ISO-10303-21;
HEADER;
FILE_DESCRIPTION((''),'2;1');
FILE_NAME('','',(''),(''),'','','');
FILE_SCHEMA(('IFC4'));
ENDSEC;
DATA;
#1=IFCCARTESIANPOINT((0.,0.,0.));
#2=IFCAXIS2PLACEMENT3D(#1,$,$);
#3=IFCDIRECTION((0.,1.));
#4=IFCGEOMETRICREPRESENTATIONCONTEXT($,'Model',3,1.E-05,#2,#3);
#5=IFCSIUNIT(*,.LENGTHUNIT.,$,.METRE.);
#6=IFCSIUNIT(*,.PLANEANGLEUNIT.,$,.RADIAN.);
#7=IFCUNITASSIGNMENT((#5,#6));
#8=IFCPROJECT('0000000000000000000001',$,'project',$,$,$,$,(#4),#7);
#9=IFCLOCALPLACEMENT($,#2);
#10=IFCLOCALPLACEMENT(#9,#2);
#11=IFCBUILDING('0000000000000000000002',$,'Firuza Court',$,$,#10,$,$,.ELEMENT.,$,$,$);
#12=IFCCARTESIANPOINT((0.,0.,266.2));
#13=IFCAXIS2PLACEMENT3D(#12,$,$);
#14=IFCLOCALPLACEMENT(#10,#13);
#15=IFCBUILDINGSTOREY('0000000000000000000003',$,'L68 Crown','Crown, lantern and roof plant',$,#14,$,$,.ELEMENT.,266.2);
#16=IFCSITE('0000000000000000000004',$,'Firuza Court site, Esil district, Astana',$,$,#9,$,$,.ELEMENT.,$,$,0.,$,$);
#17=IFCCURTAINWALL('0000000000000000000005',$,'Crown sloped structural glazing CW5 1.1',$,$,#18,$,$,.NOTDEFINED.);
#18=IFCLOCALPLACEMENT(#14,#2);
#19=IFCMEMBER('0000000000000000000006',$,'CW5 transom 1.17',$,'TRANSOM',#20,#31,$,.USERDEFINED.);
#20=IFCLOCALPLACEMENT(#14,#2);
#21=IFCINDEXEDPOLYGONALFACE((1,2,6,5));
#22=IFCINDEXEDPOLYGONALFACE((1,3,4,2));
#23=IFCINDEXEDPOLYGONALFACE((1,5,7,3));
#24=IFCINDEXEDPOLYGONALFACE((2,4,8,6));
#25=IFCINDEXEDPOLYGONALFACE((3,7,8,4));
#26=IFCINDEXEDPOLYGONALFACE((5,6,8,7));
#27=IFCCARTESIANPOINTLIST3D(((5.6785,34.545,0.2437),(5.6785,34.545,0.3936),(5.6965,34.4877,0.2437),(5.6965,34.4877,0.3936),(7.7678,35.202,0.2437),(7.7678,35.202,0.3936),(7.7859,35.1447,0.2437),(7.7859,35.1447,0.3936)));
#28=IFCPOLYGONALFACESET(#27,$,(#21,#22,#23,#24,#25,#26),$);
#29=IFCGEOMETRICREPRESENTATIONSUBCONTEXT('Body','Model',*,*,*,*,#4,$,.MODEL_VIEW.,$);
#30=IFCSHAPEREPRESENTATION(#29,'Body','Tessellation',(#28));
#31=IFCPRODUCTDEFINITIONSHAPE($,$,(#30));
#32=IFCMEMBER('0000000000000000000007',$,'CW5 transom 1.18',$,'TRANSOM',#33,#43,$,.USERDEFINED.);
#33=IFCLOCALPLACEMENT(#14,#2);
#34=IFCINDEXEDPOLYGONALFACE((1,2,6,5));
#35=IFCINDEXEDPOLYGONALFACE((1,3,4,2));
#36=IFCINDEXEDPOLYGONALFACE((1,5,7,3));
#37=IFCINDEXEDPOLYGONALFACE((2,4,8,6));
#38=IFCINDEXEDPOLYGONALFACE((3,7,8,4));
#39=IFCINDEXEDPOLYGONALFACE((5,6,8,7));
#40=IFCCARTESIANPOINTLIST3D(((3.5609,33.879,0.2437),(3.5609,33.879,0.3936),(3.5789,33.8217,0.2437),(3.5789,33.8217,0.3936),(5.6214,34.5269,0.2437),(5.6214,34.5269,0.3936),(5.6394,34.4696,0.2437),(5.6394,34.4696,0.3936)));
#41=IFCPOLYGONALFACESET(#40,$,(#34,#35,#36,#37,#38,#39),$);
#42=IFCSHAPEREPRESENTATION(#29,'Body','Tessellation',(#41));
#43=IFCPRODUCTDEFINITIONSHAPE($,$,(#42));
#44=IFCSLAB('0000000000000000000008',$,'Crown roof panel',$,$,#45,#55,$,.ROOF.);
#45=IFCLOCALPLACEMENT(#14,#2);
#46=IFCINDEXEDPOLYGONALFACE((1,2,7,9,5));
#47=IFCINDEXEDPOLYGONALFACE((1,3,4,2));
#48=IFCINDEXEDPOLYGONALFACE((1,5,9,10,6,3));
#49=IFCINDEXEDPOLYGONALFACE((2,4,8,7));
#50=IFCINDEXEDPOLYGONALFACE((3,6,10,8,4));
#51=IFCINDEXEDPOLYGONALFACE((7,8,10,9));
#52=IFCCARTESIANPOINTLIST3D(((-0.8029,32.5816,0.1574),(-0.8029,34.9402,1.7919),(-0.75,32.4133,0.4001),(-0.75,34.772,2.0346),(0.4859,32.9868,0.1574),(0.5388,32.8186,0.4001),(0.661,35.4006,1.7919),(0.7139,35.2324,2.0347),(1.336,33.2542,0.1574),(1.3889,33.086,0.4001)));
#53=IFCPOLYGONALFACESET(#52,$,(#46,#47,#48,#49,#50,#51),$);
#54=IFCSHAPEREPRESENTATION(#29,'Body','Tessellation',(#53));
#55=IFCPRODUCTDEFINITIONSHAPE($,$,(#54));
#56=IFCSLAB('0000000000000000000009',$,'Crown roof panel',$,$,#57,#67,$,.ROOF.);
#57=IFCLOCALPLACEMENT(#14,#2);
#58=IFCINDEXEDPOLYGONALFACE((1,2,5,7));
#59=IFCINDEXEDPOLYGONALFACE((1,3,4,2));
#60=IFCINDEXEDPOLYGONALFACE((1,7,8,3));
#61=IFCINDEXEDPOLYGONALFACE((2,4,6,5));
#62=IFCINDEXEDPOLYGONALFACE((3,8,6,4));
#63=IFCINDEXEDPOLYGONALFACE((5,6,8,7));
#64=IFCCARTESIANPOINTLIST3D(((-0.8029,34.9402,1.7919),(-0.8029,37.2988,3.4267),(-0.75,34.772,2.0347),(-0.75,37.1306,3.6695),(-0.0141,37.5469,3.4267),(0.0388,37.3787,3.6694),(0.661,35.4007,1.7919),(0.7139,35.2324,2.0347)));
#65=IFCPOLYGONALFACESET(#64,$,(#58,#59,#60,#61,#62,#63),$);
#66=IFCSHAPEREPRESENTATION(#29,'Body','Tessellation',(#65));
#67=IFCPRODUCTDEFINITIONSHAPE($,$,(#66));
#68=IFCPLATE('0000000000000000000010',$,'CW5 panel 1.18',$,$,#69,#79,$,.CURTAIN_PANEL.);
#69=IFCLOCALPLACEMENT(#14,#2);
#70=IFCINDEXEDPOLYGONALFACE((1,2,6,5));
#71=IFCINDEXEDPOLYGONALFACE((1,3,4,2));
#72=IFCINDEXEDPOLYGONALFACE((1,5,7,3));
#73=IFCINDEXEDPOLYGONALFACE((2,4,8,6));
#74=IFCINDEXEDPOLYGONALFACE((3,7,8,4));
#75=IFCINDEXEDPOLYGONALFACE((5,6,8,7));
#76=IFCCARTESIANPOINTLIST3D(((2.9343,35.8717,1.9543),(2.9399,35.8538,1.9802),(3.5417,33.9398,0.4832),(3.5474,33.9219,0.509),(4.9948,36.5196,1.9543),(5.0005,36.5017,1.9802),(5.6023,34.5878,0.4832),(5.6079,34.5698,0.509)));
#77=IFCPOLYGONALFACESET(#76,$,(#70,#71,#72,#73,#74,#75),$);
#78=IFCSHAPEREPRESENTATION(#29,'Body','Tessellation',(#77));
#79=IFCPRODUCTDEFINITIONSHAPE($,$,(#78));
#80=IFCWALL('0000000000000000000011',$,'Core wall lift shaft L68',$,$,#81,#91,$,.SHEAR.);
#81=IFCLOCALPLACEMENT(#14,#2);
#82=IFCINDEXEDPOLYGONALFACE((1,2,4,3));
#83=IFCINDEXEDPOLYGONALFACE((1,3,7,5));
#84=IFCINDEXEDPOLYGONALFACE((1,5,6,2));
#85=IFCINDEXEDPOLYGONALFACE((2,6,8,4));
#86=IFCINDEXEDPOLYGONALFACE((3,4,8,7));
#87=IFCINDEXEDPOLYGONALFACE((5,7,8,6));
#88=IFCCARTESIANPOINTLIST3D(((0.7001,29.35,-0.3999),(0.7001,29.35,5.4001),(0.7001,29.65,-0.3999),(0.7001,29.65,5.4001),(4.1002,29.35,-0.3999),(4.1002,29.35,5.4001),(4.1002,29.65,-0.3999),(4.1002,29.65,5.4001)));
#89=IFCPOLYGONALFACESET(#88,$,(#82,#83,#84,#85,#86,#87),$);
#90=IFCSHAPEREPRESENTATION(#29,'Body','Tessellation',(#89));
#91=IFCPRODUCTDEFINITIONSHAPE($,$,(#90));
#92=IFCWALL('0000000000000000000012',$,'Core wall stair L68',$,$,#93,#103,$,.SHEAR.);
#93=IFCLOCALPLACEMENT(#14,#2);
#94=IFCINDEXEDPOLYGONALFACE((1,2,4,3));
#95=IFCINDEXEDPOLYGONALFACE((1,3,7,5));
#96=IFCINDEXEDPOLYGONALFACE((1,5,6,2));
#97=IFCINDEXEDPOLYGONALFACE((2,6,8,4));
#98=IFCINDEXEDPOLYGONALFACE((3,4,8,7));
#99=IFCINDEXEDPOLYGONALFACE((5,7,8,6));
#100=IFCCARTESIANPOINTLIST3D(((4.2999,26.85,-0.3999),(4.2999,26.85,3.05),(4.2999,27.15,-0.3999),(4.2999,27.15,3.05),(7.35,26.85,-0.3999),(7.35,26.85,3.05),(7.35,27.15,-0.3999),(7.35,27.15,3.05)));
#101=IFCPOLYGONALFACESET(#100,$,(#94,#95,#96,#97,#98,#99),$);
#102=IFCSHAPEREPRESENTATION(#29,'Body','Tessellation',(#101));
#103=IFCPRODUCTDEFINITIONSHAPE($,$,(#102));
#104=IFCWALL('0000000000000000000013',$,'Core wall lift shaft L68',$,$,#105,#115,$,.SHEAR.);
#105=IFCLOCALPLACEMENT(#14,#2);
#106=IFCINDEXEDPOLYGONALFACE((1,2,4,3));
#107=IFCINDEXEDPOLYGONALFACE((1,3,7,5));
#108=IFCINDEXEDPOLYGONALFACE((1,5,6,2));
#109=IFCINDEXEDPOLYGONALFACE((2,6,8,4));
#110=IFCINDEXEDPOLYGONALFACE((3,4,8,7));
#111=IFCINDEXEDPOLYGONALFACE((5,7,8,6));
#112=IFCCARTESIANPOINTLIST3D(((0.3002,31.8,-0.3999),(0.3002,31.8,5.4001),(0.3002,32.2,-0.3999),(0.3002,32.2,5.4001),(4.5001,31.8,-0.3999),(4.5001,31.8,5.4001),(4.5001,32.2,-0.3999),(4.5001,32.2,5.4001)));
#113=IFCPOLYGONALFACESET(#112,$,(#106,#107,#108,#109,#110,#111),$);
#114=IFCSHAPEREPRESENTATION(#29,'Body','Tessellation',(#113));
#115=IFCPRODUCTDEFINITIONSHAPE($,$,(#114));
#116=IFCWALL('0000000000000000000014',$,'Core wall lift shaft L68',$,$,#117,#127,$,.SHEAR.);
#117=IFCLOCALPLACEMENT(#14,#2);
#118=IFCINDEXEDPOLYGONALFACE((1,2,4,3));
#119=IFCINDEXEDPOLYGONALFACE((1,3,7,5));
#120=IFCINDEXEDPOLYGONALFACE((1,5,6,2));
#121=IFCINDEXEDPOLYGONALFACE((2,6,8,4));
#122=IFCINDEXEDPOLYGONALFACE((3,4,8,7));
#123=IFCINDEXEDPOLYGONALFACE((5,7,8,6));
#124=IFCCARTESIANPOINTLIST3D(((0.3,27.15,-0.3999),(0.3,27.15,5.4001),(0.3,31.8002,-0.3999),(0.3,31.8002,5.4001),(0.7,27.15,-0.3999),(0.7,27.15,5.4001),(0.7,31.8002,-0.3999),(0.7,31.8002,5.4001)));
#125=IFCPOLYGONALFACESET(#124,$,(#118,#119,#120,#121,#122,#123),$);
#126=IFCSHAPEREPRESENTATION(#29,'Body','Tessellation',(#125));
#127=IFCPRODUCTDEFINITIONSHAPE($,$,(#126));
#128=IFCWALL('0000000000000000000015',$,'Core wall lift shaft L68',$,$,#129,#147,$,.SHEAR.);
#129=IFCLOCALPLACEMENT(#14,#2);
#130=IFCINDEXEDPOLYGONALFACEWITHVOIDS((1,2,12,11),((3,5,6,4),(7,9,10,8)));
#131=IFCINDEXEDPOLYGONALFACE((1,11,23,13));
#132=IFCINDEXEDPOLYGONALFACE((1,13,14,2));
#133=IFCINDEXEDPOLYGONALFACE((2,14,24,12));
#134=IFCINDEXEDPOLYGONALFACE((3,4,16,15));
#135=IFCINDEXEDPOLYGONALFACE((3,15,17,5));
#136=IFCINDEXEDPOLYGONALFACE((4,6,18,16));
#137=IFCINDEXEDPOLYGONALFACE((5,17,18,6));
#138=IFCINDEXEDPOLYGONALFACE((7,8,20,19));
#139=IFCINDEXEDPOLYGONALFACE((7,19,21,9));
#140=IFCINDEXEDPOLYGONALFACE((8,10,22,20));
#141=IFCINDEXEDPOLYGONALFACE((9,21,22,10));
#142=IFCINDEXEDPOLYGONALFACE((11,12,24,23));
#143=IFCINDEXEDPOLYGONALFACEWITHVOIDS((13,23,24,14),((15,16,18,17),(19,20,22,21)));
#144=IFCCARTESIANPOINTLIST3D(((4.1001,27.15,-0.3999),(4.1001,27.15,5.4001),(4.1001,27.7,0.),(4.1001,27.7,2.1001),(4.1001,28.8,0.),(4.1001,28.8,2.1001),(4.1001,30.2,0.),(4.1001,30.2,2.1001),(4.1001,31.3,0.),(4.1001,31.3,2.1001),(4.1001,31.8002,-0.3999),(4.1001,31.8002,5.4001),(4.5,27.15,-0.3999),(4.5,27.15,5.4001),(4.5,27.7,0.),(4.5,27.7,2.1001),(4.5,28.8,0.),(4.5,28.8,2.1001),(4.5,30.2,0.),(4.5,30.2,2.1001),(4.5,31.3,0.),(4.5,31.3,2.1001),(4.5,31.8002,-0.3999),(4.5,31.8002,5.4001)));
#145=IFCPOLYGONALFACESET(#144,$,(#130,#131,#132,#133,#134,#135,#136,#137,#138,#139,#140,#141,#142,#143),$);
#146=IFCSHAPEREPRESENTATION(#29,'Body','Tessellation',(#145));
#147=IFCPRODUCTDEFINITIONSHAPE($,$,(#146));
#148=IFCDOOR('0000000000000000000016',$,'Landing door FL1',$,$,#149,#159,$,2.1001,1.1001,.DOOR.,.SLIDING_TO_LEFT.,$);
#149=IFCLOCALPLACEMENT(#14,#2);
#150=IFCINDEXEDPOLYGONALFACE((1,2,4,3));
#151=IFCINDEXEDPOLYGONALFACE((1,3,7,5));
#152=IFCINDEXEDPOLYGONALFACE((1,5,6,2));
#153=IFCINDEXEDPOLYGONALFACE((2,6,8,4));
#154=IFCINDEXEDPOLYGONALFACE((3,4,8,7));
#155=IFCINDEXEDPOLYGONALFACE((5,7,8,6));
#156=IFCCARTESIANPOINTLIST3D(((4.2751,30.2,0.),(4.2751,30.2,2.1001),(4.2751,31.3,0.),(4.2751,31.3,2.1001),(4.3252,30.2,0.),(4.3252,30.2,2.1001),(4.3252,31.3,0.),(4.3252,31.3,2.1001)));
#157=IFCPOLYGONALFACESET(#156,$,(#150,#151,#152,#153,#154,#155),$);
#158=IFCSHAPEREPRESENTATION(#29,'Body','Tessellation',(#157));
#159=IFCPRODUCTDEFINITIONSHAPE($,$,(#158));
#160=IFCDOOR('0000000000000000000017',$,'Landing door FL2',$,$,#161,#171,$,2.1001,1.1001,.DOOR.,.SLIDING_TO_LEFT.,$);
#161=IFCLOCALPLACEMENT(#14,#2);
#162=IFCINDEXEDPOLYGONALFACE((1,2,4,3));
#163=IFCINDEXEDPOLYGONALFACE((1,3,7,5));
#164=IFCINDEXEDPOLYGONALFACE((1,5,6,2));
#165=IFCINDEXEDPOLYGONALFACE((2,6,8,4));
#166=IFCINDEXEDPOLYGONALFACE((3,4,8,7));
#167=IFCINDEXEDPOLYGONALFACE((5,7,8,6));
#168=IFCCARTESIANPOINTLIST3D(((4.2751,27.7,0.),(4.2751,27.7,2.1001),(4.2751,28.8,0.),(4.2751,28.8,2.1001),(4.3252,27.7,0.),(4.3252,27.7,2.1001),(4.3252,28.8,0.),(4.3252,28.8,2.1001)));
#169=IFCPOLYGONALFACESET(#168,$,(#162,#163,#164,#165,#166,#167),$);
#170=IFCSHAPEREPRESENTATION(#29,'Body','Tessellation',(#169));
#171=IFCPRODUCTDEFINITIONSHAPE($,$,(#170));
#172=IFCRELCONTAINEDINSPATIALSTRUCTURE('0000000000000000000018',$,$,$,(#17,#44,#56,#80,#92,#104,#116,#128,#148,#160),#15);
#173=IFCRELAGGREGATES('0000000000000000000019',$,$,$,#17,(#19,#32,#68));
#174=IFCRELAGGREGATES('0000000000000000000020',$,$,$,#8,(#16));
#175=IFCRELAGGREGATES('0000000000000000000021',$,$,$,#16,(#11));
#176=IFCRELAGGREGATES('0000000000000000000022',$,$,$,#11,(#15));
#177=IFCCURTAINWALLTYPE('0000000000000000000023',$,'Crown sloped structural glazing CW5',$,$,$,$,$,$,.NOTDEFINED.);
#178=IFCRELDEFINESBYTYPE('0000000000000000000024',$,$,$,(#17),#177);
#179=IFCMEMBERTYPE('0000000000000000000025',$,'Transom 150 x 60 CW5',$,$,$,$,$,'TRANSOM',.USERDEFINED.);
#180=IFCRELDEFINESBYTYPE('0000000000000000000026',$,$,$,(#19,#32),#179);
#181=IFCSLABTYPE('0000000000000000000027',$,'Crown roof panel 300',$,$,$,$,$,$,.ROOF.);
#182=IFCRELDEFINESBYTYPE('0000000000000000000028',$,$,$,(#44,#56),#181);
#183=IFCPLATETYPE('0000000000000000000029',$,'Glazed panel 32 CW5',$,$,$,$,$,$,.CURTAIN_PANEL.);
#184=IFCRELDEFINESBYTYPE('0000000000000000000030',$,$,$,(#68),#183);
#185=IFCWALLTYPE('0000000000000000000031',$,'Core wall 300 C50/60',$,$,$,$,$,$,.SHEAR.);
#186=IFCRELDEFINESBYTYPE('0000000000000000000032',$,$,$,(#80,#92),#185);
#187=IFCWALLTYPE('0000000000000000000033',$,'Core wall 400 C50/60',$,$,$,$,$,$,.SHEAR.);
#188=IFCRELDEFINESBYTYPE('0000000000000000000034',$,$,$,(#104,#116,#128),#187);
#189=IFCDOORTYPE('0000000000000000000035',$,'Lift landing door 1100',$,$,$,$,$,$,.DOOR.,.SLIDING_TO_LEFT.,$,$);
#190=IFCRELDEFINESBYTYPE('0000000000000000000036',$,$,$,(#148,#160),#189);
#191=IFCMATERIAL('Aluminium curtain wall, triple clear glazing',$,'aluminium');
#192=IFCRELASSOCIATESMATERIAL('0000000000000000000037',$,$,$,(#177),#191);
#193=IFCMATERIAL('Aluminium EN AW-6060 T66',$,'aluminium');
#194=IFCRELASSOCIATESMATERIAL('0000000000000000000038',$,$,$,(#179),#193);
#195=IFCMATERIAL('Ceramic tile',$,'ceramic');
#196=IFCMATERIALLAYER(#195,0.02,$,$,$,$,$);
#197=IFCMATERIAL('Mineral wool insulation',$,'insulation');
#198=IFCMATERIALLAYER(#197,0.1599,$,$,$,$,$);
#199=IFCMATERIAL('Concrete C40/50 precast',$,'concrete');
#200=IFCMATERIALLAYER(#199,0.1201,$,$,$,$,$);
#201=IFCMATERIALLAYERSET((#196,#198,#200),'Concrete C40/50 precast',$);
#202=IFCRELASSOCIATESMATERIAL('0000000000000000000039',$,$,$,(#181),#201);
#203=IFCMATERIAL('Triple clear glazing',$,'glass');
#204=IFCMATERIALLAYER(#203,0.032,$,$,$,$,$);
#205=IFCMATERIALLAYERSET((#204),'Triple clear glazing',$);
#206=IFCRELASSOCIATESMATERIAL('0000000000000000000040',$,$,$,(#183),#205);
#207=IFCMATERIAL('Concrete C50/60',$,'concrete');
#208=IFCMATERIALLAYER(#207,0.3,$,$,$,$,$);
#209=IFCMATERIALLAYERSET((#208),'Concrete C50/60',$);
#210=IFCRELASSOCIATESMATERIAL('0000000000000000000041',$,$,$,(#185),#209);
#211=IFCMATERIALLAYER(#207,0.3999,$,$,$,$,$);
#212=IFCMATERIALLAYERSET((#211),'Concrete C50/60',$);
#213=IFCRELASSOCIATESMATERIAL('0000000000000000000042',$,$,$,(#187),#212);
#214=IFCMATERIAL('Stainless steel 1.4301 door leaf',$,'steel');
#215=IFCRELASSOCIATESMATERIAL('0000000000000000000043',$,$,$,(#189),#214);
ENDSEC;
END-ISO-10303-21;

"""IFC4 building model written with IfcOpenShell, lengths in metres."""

from ifc_helpers import new_model, si_unit, direction, frame, frame_2d, origin, origin_2d, place, context, subcontext, project, spatial, polyline, rectangle, outline, extrude, material, layer, layer_set, material_profile, profile_set, type_object, element, fill, aggregate, save


model = new_model("IFC4")

# Units and contexts
model_context = context("Model", 3, precision=1e-05, world=origin(), true_north=direction((0.0, 1.0)))
body_context = subcontext(model_context, "Body", "Model", "MODEL_VIEW")
ifc_project = project(units=[si_unit("LENGTHUNIT", "METRE"), si_unit("PLANEANGLEUNIT", "RADIAN")], contexts=[model_context])

# Site, building, storey
site_placement = place(None, origin())
site = spatial("IfcSite", under=ifc_project, at=site_placement, Name="Firuza Court site, Esil district, Astana", CompositionType="ELEMENT", RefElevation=0.0)
building_placement = place(site_placement, origin())
building = spatial("IfcBuilding", under=site, at=building_placement, Name="Firuza Court", CompositionType="ELEMENT")
storey_placement = place(building_placement, frame((0.0, 0.0, 266.2)))
storey = spatial("IfcBuildingStorey", under=building, at=storey_placement, Name="L68 Crown", Description="Crown, lantern and roof plant", CompositionType="ELEMENT", Elevation=266.2)

# Curtain wall, members
ifc_material_1 = material(Name="Aluminium curtain wall, triple clear glazing", Category="aluminium")
curtain_wall_type = type_object("IfcCurtainWallType", Name="Crown sloped structural glazing CW5", PredefinedType="NOTDEFINED", material=ifc_material_1)
curtain_wall_placement = place(storey_placement, origin())
curtain_wall = element("IfcCurtainWall", 1, at=curtain_wall_placement, inside=storey, type_object=curtain_wall_type, Name="Crown sloped structural glazing CW5 1.1", PredefinedType="NOTDEFINED")
ifc_material_2 = material(Name="Aluminium EN AW-6060 T66", Category="aluminium")
ifc_material_profile_1 = material_profile(ifc_material_2, rectangle(XDim=0.0601, YDim=0.1499, at=origin_2d()), Name="Transom 150 x 60 CW5")
ifc_profile_set_1 = profile_set([ifc_material_profile_1], Name="Aluminium EN AW-6060 T66")
member_type_1 = type_object("IfcMemberType", Name="Transom 150 x 60 CW5", ElementType="TRANSOM", PredefinedType="USERDEFINED", material=ifc_profile_set_1)
member_1_placement = place(storey_placement, frame((7.7769, 35.1733, 0.3186), z_axis=(-0.953951, -0.299963, 0.0), x_axis=(0.299963, -0.953951, 0.0)))
member_1 = element("IfcMember", 2, at=member_1_placement, type_object=member_type_1, Name="CW5 transom 1.17", ObjectType="TRANSOM", PredefinedType="USERDEFINED", context=body_context, shape_type="SweptSolid", body=[
    extrude(rectangle(XDim=0.0601, YDim=0.1499, at=origin_2d()), origin(), (0.0, 0.0, 1.0), 2.1902),
])
member_2_placement = place(storey_placement, frame((5.6304, 34.4983, 0.3186), z_axis=(-0.953948, -0.299974, 0.0), x_axis=(0.299974, -0.953948, 0.0)))
member_2 = element("IfcMember", 3, at=member_2_placement, type_object=member_type_1, Name="CW5 transom 1.18", ObjectType="TRANSOM", PredefinedType="USERDEFINED", context=body_context, shape_type="SweptSolid", body=[
    extrude(rectangle(XDim=0.0601, YDim=0.1499, at=origin_2d()), origin(), (0.0, 0.0, 1.0), 2.1599),
])

# Slabs
ifc_material_3 = material(Name="Ceramic tile", Category="ceramic")
ifc_layer_1 = layer(ifc_material_3, 0.02)
ifc_material_4 = material(Name="Mineral wool insulation", Category="insulation")
ifc_layer_2 = layer(ifc_material_4, 0.1599)
ifc_material_5 = material(Name="Concrete C40/50 precast", Category="concrete")
ifc_layer_3 = layer(ifc_material_5, 0.1201)
ifc_layer_set_1 = layer_set([ifc_layer_1, ifc_layer_2, ifc_layer_3], Name="Concrete C40/50 precast")
slab_type = type_object("IfcSlabType", Name="Crown roof panel 300", PredefinedType="ROOF", material=ifc_layer_set_1)
slab_1_placement = place(storey_placement, frame((-0.75, 32.4133, 0.4001), z_axis=(0.176323, -0.560654, 0.80906), x_axis=(-0.000003, 0.821937, 0.569578)))
element("IfcSlab", 4, at=slab_1_placement, inside=storey, type_object=slab_type, Name="Crown roof panel", PredefinedType="ROOF", context=body_context, shape_type="SweptSolid", body=[
    extrude(outline(polyline([(0.0, 0.0), (2.8696, 0.0), (3.2481, -1.4872), (0.5528, -2.173), (0.3331, -1.3093), (0.0, 0.0)])), origin(), (0.0, 0.0, -1.0), 0.3),
])
slab_2_placement = place(storey_placement, frame((-0.75, 34.772, 2.0347), z_axis=(0.176355, -0.560727, 0.809002), x_axis=(0.000002, 0.821884, 0.569655)))
element("IfcSlab", 5, at=slab_2_placement, inside=storey, type_object=slab_type, Name="Crown roof panel", PredefinedType="ROOF", context=body_context, shape_type="SweptSolid", body=[
    extrude(outline(polyline([(0.0, 0.0), (2.8698, 0.0), (3.0736, -0.8014), (0.3784, -1.4872), (0.0, 0.0)])), origin(), (0.0, 0.0, -1.0), 0.3),
])

# Plate
ifc_material_6 = material(Name="Triple clear glazing", Category="glass")
ifc_layer_4 = layer(ifc_material_6, 0.032)
ifc_layer_set_2 = layer_set([ifc_layer_4], Name="Triple clear glazing")
plate_type = type_object("IfcPlateType", Name="Glazed panel 32 CW5", PredefinedType="CURTAIN_PANEL", material=ifc_layer_set_2)
plate_placement = place(storey_placement, frame((5.6079, 34.5698, 0.509), z_axis=(0.176308, -0.560679, 0.809045), x_axis=(-0.953948, -0.299974, 0.0)))
plate = element("IfcPlate", 6, at=plate_placement, type_object=plate_type, Name="CW5 panel 1.18", PredefinedType="CURTAIN_PANEL", context=body_context, shape_type="SweptSolid", body=[
    extrude(outline(polyline([(0.0, 0.0), (2.16, 0.0), (2.16, -2.5031), (-0.0001, -2.5031), (0.0, 0.0)])), origin(), (0.0, 0.0, -1.0), 0.032),
])
aggregate(curtain_wall, [member_1, member_2, plate])

# Walls
ifc_material_7 = material(Name="Concrete C50/60", Category="concrete")
ifc_layer_5 = layer(ifc_material_7, 0.3)
ifc_layer_set_3 = layer_set([ifc_layer_5], Name="Concrete C50/60")
wall_type_1 = type_object("IfcWallType", Name="Core wall 300 C50/60", PredefinedType="SHEAR", material=ifc_layer_set_3)
wall_1_placement = place(storey_placement, frame((0.7, 29.5, -0.3999), z_axis=(0.0, 0.0, 1.0), x_axis=(1.0, 0.0, 0.0)))
element("IfcWall", 7, at=wall_1_placement, inside=storey, type_object=wall_type_1, Name="Core wall lift shaft L68", PredefinedType="SHEAR", context=body_context, shape_type="SweptSolid", body=[
    extrude(rectangle(XDim=3.4001, YDim=0.3, at=frame_2d((1.7002, 0.0))), origin(), (0.0, 0.0, 1.0), 5.8),
])
wall_2_placement = place(storey_placement, frame((4.3, 27.0, -0.3999), z_axis=(0.0, 0.0, 1.0), x_axis=(1.0, 0.0, 0.0)))
element("IfcWall", 8, at=wall_2_placement, inside=storey, type_object=wall_type_1, Name="Core wall stair L68", PredefinedType="SHEAR", context=body_context, shape_type="SweptSolid", body=[
    extrude(rectangle(XDim=3.05, YDim=0.3, at=frame_2d((1.5249, 0.0))), origin(), (0.0, 0.0, 1.0), 3.45),
])
ifc_layer_6 = layer(ifc_material_7, 0.3999)
ifc_layer_set_4 = layer_set([ifc_layer_6], Name="Concrete C50/60")
wall_type_2 = type_object("IfcWallType", Name="Core wall 400 C50/60", PredefinedType="SHEAR", material=ifc_layer_set_4)
wall_3_placement = place(storey_placement, frame((0.3, 32.0, -0.3999), z_axis=(0.0, 0.0, 1.0), x_axis=(1.0, 0.0, 0.0)))
element("IfcWall", 9, at=wall_3_placement, inside=storey, type_object=wall_type_2, Name="Core wall lift shaft L68", PredefinedType="SHEAR", context=body_context, shape_type="SweptSolid", body=[
    extrude(rectangle(XDim=4.2, YDim=0.3999, at=frame_2d((2.1001, 0.0))), origin(), (0.0, 0.0, 1.0), 5.8),
])
wall_4_placement = place(storey_placement, frame((0.5, 27.1499, -0.3999), z_axis=(0.0, 0.0, 1.0), x_axis=(0.0, 1.0, 0.0)))
element("IfcWall", 10, at=wall_4_placement, inside=storey, type_object=wall_type_2, Name="Core wall lift shaft L68", PredefinedType="SHEAR", context=body_context, shape_type="SweptSolid", body=[
    extrude(rectangle(XDim=4.6501, YDim=0.3999, at=frame_2d((2.3252, 0.0))), origin(), (0.0, 0.0, 1.0), 5.8),
])

# Wall, openings, doors
wall_5_placement = place(storey_placement, frame((4.3, 27.1499, -0.3999), z_axis=(0.0, 0.0, 1.0), x_axis=(0.0, 1.0, 0.0)))
wall_5 = element("IfcWall", 11, at=wall_5_placement, inside=storey, type_object=wall_type_2, Name="Core wall lift shaft L68", PredefinedType="SHEAR", context=body_context, shape_type="SweptSolid", body=[
    extrude(rectangle(XDim=4.6501, YDim=0.3999, at=frame_2d((2.3252, 0.0))), origin(), (0.0, 0.0, 1.0), 5.8),
])
opening_1_placement = place(wall_5_placement, frame((3.05, 0.0, 0.3999)))
opening_1 = element("IfcOpeningElement", 12, at=opening_1_placement, cuts=wall_5, PredefinedType="OPENING", context=body_context, shape_type="SweptSolid", body=[
    extrude(rectangle(XDim=1.1001, YDim=2.1001, at=frame_2d((0.55, 1.05))), frame((0.0, 0.2119, 0.0), z_axis=(0.0, -1.0, 0.0), x_axis=(1.0, 0.0, 0.0)), (0.0, 0.0, 1.0), 0.4238),
])
opening_2_placement = place(wall_5_placement, frame((0.55, 0.0, 0.3999)))
opening_2 = element("IfcOpeningElement", 13, at=opening_2_placement, cuts=wall_5, PredefinedType="OPENING", context=body_context, shape_type="SweptSolid", body=[
    extrude(rectangle(XDim=1.1001, YDim=2.1001, at=frame_2d((0.55, 1.05))), frame((0.0, 0.2119, 0.0), z_axis=(0.0, -1.0, 0.0), x_axis=(1.0, 0.0, 0.0)), (0.0, 0.0, 1.0), 0.4238),
])
ifc_material_8 = material(Name="Stainless steel 1.4301 door leaf", Category="steel")
door_type = type_object("IfcDoorType", Name="Lift landing door 1100", OperationType="SLIDING_TO_LEFT", PredefinedType="DOOR", material=ifc_material_8)
door_1_placement = place(opening_1_placement, origin())
door_1 = element("IfcDoor", 14, at=door_1_placement, inside=storey, type_object=door_type, Name="Landing door FL1", OperationType="SLIDING_TO_LEFT", OverallHeight=2.1001, OverallWidth=1.1001, PredefinedType="DOOR", context=body_context, shape_type="SweptSolid", body=[
    extrude(rectangle(XDim=1.1001, YDim=2.1001, at=frame_2d((0.55, 1.05))), frame((0.0, 0.0249, 0.0), z_axis=(0.0, -1.0, 0.0), x_axis=(1.0, 0.0, 0.0)), (0.0, 0.0, 1.0), 0.05),
])
fill(opening_1, door_1)
door_2_placement = place(opening_2_placement, origin())
door_2 = element("IfcDoor", 15, at=door_2_placement, inside=storey, type_object=door_type, Name="Landing door FL2", OperationType="SLIDING_TO_LEFT", OverallHeight=2.1001, OverallWidth=1.1001, PredefinedType="DOOR", context=body_context, shape_type="SweptSolid", body=[
    extrude(rectangle(XDim=1.1001, YDim=2.1001, at=frame_2d((0.55, 1.05))), frame((0.0, 0.0249, 0.0), z_axis=(0.0, -1.0, 0.0), x_axis=(1.0, 0.0, 0.0)), (0.0, 0.0, 1.0), 0.05),
])
fill(opening_2, door_2)

save(model, "model.ifc")
